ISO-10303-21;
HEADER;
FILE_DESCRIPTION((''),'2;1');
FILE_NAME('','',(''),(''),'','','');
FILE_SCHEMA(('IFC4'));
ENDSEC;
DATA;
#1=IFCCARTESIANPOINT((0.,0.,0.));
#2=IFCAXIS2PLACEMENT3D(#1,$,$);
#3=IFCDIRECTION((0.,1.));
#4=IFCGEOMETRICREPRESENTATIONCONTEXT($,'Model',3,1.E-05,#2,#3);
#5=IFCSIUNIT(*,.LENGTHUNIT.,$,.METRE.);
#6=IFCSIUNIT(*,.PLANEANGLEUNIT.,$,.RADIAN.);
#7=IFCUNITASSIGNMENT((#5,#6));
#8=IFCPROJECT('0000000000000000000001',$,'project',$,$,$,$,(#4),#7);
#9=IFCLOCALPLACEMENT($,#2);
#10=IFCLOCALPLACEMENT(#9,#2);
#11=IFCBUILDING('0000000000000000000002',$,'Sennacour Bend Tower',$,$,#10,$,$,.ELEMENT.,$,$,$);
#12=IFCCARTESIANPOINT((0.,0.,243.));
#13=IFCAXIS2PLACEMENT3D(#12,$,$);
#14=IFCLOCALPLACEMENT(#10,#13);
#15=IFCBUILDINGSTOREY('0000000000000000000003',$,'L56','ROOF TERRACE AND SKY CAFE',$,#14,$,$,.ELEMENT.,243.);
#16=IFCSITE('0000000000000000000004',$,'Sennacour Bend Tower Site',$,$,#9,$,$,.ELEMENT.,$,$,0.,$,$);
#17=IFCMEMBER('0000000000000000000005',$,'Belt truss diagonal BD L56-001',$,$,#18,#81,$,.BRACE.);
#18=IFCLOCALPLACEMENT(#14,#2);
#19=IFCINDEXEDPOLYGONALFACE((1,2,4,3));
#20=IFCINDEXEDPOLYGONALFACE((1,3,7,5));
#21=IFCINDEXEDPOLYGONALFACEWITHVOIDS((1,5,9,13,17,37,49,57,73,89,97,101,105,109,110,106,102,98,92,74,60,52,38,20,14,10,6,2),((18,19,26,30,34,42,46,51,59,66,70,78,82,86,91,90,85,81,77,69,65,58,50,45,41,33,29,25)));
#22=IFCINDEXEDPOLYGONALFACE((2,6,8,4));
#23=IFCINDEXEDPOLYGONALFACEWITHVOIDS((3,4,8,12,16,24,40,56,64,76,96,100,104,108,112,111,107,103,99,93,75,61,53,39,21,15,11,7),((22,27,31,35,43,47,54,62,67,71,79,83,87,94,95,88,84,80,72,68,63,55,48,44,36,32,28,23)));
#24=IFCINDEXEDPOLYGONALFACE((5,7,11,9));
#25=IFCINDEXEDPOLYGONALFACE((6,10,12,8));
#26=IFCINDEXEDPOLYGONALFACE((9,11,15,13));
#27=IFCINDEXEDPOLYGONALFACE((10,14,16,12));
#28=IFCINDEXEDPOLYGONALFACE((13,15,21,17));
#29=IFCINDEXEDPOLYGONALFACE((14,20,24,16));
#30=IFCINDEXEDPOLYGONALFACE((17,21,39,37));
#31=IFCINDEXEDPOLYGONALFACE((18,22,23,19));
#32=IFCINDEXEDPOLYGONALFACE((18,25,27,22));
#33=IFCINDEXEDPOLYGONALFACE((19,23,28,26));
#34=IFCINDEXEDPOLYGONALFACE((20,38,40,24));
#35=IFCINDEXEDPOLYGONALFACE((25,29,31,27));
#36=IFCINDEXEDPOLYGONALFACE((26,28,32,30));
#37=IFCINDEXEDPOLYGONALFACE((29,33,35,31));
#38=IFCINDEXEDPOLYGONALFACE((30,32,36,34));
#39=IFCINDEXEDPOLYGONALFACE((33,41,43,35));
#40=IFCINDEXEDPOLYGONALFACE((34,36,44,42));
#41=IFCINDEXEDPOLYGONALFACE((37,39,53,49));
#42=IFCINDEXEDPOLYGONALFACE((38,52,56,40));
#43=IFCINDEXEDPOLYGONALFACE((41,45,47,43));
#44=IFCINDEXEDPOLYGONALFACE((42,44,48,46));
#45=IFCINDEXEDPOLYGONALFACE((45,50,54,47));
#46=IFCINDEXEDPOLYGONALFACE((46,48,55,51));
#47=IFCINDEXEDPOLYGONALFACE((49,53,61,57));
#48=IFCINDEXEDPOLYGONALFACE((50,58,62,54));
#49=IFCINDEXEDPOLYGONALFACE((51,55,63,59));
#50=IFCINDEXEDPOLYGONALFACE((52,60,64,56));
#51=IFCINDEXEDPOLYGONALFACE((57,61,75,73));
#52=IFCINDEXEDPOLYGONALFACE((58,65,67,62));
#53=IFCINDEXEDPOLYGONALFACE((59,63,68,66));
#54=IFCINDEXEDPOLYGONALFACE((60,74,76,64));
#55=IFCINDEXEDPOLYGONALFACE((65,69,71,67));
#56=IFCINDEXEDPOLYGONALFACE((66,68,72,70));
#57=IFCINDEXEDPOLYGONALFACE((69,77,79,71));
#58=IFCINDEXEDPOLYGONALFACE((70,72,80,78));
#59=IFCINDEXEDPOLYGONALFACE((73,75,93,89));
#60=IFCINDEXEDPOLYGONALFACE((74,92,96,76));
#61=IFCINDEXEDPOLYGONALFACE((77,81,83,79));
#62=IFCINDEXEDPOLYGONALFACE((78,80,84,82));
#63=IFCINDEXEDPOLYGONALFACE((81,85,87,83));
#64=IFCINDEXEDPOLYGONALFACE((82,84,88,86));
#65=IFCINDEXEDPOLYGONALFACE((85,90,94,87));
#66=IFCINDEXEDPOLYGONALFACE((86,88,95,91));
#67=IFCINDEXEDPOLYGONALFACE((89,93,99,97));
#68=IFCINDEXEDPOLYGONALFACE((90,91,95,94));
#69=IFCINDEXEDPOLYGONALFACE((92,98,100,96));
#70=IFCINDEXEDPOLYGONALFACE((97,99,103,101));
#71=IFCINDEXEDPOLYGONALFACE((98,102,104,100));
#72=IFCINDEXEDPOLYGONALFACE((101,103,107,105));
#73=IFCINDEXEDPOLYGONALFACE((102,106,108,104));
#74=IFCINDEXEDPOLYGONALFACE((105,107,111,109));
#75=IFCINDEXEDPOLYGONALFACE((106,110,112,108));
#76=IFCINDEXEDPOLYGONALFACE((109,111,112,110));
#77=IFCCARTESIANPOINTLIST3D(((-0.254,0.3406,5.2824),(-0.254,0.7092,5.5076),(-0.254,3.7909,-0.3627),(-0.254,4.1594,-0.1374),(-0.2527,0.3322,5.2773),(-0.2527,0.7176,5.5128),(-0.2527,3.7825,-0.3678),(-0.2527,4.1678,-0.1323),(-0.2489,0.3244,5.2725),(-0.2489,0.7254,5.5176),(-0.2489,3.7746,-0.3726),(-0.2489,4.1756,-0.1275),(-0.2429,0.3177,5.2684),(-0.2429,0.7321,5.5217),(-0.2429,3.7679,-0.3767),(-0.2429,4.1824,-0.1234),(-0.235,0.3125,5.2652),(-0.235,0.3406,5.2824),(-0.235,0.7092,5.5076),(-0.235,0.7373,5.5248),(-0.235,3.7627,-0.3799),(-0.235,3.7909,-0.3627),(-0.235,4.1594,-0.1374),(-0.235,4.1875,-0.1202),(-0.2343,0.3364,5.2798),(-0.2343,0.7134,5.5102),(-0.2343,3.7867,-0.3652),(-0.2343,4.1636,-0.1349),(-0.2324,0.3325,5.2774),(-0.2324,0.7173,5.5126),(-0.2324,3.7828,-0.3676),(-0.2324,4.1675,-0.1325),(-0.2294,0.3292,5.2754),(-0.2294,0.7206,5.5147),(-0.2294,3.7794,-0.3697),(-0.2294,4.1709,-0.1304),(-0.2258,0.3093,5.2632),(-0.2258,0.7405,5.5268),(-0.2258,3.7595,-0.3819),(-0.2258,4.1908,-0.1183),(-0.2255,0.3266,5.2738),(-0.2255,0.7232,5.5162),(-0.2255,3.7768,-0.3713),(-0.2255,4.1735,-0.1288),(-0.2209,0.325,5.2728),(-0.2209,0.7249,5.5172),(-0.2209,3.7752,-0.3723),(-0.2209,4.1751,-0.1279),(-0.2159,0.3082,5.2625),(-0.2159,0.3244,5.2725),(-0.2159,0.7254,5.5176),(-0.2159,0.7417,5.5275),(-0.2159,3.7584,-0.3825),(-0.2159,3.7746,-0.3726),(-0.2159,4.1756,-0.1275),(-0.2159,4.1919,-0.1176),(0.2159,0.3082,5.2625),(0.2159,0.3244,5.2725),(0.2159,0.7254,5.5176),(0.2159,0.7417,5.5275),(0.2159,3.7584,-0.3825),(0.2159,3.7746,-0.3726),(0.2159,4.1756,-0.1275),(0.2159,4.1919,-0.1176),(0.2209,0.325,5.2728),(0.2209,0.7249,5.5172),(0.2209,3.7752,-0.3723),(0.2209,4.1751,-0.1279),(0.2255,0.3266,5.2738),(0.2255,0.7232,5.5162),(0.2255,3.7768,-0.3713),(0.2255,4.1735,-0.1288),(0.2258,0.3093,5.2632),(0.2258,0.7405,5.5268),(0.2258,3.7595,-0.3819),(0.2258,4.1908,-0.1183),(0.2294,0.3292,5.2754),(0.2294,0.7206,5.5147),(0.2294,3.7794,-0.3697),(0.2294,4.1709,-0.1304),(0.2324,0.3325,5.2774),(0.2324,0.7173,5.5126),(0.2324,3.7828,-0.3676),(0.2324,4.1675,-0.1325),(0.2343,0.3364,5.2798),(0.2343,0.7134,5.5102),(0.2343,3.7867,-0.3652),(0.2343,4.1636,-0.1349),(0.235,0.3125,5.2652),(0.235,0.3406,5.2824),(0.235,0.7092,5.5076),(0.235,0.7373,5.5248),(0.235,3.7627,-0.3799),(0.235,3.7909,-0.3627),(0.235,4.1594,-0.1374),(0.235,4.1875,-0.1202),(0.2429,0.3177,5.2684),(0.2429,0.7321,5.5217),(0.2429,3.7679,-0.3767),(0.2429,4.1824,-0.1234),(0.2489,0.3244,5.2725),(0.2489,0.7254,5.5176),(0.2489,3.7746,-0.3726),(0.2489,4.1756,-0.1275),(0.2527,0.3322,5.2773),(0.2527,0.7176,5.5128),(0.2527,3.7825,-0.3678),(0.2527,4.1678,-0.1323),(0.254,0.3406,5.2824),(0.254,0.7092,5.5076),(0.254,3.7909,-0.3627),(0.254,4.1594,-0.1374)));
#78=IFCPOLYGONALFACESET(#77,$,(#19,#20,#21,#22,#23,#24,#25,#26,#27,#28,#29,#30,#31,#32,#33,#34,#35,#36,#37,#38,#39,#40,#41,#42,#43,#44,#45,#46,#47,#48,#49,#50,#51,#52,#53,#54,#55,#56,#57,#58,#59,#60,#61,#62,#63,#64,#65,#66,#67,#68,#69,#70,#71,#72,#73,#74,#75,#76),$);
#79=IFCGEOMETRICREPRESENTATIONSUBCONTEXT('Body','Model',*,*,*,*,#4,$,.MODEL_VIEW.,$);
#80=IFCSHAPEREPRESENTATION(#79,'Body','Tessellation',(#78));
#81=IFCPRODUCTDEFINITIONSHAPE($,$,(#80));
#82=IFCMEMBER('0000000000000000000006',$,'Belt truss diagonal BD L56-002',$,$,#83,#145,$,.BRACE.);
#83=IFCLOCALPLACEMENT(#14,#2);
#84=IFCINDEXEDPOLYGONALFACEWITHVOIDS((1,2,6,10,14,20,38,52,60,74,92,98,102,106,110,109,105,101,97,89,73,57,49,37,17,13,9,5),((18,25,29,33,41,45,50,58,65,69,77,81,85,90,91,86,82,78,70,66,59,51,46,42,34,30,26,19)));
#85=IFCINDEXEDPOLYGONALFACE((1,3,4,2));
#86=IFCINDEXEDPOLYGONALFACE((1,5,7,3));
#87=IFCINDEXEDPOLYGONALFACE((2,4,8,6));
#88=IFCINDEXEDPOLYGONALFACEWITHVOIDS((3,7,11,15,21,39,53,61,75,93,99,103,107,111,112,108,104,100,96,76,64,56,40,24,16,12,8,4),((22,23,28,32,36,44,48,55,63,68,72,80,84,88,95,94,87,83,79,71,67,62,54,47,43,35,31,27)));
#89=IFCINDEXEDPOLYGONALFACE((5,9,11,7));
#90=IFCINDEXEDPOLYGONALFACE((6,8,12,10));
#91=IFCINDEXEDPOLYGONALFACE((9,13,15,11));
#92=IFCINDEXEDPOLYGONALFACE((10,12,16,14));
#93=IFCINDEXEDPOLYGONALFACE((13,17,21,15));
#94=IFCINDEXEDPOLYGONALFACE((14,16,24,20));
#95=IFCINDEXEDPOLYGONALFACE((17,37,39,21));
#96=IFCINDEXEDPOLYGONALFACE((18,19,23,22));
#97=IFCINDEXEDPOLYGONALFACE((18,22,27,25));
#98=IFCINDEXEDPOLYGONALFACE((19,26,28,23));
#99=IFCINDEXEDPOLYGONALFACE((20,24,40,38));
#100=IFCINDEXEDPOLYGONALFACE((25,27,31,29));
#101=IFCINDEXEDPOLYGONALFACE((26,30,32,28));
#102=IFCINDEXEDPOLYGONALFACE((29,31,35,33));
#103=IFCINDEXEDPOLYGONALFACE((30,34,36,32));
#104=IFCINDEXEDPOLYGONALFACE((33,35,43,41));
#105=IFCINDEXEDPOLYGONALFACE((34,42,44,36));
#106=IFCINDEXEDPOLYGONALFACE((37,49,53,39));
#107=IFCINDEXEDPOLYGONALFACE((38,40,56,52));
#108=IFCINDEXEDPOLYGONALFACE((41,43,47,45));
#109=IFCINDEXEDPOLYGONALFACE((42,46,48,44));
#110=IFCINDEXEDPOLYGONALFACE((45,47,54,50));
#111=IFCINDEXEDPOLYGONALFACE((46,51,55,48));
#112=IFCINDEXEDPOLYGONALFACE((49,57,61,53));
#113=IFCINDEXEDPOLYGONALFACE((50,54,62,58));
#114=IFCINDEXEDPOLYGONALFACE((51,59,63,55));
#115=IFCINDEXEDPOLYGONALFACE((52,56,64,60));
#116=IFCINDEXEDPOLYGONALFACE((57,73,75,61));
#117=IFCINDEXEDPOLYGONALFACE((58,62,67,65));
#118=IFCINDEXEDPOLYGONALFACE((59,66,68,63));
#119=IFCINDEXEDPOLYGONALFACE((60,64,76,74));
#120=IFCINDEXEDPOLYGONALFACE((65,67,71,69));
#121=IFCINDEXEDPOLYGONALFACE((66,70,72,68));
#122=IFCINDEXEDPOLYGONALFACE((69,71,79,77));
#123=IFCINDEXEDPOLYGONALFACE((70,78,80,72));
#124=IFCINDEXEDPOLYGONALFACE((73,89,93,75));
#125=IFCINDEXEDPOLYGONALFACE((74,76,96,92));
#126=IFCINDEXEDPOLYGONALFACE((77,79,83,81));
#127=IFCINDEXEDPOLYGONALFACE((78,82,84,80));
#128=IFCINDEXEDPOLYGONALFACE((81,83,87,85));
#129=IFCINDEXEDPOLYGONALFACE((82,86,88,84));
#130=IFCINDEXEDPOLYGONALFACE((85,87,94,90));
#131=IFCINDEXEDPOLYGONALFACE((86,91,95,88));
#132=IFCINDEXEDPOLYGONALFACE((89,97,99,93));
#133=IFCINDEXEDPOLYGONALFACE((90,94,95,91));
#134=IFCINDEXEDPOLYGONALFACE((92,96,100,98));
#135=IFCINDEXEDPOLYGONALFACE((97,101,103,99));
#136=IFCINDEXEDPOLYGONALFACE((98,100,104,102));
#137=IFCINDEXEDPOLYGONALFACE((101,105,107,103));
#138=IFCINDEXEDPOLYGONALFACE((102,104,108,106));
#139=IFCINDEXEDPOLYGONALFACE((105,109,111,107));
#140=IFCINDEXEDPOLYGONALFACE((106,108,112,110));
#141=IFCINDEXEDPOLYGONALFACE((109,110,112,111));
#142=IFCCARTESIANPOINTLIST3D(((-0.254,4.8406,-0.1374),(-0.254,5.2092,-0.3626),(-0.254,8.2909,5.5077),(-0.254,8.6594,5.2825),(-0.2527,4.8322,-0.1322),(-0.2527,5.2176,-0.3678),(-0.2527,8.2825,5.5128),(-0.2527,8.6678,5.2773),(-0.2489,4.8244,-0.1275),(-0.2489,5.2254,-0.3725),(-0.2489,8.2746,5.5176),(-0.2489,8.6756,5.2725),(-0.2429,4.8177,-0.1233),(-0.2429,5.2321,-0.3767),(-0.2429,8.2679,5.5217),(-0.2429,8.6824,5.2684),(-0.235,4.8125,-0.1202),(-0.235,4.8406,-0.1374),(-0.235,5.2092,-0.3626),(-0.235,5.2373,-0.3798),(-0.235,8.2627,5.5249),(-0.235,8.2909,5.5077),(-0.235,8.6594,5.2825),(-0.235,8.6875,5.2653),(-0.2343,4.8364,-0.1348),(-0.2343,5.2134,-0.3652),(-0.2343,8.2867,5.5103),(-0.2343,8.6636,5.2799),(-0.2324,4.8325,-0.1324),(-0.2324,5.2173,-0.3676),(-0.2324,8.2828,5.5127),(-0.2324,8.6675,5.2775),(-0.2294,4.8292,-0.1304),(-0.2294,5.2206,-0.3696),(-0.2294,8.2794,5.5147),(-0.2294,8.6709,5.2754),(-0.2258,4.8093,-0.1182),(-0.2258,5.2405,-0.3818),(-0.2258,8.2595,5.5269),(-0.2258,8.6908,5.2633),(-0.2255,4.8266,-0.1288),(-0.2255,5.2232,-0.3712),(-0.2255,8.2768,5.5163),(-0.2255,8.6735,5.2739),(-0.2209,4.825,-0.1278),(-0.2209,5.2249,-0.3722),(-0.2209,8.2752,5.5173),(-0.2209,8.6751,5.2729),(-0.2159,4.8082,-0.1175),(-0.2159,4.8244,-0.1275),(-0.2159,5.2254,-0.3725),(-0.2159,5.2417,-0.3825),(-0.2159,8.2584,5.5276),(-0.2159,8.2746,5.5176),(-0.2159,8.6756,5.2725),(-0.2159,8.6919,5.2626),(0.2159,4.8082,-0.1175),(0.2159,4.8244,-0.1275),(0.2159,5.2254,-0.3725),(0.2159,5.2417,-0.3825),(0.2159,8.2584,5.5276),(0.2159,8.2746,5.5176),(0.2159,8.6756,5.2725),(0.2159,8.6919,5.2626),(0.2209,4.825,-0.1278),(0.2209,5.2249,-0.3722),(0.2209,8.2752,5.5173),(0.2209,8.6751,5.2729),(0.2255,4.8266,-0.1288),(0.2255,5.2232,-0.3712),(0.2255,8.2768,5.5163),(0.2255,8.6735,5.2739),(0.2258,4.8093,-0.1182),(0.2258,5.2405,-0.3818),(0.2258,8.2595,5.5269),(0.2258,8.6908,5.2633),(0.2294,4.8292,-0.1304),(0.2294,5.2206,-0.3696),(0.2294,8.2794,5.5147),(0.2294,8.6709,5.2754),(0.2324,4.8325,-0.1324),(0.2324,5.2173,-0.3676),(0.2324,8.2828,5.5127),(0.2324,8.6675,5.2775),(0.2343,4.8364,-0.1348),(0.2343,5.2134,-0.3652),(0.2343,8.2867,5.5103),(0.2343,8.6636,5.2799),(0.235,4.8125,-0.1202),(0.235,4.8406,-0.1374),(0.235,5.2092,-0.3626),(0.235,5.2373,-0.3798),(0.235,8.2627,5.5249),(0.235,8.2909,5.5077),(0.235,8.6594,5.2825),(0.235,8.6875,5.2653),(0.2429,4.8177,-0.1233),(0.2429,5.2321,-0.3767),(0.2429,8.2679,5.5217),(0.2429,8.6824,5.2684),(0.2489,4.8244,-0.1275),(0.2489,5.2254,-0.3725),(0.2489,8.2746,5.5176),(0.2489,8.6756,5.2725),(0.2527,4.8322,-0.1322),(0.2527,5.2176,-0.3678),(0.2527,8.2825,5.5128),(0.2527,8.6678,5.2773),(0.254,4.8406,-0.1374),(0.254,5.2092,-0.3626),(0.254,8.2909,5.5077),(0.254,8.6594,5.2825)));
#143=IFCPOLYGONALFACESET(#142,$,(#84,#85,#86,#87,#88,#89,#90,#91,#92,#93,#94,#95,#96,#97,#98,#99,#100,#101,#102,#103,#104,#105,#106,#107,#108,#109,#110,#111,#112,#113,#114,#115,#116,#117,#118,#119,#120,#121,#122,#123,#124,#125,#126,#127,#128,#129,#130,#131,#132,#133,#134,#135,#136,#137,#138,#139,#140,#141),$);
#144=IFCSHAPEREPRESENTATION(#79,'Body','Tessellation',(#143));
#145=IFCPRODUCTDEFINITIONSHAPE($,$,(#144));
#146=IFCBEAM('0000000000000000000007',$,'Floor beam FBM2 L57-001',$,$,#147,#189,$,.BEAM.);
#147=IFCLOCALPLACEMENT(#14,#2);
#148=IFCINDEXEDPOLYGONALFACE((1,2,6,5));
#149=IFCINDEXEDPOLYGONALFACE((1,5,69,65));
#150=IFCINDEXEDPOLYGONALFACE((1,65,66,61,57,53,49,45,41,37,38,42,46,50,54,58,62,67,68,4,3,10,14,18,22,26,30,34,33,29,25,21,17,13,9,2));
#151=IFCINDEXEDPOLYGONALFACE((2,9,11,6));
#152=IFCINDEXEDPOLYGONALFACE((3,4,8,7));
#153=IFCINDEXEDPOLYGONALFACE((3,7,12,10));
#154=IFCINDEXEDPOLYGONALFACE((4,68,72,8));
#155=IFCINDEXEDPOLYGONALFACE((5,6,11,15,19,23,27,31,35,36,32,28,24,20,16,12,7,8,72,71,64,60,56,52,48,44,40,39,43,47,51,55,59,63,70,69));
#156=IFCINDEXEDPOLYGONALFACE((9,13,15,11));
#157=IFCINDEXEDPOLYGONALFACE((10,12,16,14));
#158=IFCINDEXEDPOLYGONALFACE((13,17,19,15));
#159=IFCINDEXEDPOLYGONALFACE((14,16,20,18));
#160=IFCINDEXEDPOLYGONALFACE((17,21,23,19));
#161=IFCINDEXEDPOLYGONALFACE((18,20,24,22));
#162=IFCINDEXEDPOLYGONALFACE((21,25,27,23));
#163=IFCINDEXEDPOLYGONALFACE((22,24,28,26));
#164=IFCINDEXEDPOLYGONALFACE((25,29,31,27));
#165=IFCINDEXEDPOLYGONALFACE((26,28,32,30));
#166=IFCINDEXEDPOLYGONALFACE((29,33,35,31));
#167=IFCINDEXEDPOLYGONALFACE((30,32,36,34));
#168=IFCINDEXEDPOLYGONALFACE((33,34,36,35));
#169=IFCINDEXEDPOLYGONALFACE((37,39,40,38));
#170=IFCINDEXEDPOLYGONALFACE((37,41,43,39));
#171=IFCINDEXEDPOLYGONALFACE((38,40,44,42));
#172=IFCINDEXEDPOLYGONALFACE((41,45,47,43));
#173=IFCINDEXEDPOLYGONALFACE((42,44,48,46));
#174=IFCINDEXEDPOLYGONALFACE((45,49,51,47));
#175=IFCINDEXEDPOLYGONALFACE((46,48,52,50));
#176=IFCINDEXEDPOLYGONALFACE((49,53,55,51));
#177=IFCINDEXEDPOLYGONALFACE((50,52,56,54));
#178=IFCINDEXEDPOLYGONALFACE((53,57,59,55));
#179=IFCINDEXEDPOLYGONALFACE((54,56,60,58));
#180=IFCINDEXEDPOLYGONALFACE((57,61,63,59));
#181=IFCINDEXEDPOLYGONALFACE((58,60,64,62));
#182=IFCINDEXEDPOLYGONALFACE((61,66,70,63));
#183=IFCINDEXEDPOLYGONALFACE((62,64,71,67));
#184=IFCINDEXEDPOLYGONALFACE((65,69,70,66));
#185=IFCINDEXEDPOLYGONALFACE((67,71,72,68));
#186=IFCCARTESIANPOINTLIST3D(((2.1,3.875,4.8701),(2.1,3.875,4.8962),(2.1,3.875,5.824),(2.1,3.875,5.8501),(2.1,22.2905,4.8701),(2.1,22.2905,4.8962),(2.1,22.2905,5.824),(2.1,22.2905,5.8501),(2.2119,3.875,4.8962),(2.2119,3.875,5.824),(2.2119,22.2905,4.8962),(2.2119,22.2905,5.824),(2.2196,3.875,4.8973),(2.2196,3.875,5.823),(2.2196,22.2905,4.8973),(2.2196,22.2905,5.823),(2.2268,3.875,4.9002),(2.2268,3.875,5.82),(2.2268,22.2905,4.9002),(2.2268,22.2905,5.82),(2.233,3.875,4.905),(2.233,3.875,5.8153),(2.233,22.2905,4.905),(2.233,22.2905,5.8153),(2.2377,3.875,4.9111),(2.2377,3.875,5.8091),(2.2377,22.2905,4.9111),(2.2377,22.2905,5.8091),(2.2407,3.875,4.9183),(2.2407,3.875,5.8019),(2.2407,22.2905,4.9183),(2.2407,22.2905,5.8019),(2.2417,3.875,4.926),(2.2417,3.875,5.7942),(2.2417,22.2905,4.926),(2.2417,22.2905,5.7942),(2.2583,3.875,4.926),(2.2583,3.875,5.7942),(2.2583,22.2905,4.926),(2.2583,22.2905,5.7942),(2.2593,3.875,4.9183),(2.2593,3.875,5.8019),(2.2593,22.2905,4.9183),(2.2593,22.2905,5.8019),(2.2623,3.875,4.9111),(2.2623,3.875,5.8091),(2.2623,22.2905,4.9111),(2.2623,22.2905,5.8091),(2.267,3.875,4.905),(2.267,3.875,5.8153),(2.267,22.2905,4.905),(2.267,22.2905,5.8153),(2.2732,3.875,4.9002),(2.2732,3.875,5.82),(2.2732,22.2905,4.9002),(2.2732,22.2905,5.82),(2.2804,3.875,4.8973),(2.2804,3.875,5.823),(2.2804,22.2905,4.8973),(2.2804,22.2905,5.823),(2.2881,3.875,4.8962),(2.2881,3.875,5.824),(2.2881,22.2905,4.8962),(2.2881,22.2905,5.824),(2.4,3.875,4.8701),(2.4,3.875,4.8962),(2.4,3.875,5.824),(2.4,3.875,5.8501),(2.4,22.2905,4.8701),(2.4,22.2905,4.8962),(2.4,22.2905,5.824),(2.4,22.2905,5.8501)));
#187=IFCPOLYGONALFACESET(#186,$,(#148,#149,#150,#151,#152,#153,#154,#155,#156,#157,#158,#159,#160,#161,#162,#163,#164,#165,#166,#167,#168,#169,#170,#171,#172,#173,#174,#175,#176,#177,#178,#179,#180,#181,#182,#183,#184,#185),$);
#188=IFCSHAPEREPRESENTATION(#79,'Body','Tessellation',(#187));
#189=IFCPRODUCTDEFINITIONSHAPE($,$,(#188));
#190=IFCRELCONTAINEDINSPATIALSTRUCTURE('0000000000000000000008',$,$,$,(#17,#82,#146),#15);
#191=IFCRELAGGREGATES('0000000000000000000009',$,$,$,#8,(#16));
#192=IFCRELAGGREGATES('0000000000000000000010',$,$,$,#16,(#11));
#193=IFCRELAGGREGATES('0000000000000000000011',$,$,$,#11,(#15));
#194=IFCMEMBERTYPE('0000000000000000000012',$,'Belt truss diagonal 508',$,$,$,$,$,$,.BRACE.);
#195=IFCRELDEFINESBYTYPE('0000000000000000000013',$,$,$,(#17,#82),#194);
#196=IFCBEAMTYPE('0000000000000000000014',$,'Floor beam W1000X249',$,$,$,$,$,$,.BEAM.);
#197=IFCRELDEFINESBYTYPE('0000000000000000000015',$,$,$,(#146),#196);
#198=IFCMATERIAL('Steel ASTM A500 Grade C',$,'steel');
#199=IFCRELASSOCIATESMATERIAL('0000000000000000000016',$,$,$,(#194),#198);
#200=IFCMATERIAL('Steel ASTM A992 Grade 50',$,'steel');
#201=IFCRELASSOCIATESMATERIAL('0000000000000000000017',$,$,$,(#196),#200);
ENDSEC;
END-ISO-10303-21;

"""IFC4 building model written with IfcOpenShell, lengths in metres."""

from ifc_helpers import new_model, si_unit, direction, frame, origin, origin_2d, place, context, subcontext, project, spatial, hollow_rectangle, i_section, extrude, material, material_profile, profile_set, type_object, element, save


model = new_model("IFC4")

# Units and contexts
model_context = context("Model", 3, precision=1e-05, world=origin(), true_north=direction((0.0, 1.0)))
body_context = subcontext(model_context, "Body", "Model", "MODEL_VIEW")
ifc_project = project(units=[si_unit("LENGTHUNIT", "METRE"), si_unit("PLANEANGLEUNIT", "RADIAN")], contexts=[model_context])

# Site, building, storey
site_placement = place(None, origin())
site = spatial("IfcSite", under=ifc_project, at=site_placement, Name="Sennacour Bend Tower Site", CompositionType="ELEMENT", RefElevation=0.0)
building_placement = place(site_placement, origin())
building = spatial("IfcBuilding", under=site, at=building_placement, Name="Sennacour Bend Tower", CompositionType="ELEMENT")
storey_placement = place(building_placement, frame((0.0, 0.0, 243.0)))
storey = spatial("IfcBuildingStorey", under=building, at=storey_placement, Name="L56", Description="ROOF TERRACE AND SKY CAFE", CompositionType="ELEMENT", Elevation=243.0)

# Members
ifc_material_1 = material(Name="Steel ASTM A992 Grade 50", Category="steel")
ifc_material_2 = material(Name="Steel ASTM A500 Grade C", Category="steel")
ifc_material_profile_1 = material_profile(ifc_material_2, hollow_rectangle(XDim=0.5081, YDim=0.5081, WallThickness=0.019, InnerFilletRadius=0.019, OuterFilletRadius=0.0381, at=origin_2d()), Name="Steel ASTM A500 Grade C", Category="steel")
ifc_profile_set_1 = profile_set([ifc_material_profile_1], Name="Steel ASTM A500 Grade C")
member_type_1 = type_object("IfcMemberType", Name="Belt truss diagonal 508", PredefinedType="BRACE", material=ifc_profile_set_1)
for number, where, z_axis, x_axis, name in (
    (1, (0.0, 0.5249, 5.395), (0.0, 0.521501, -0.853251), (-1.0, 0.0, 0.0), "Belt truss diagonal BD L56-001"),
    (2, (0.0, 5.0249, -0.25), (0.0, 0.521501, 0.853251), (-1.0, 0.0, 0.0), "Belt truss diagonal BD L56-002"),
):
    element("IfcMember", number, at=place(storey_placement, frame(where, z_axis=z_axis, x_axis=x_axis)), inside=storey, type_object=member_type_1, Name=name, PredefinedType="BRACE", context=body_context, shape_type="SweptSolid", body=[
        extrude(hollow_rectangle(XDim=0.5081, YDim=0.5081, WallThickness=0.019, InnerFilletRadius=0.019, OuterFilletRadius=0.0381, at=origin_2d()), origin(), (0.0, 0.0, 1.0), 6.616),
    ])

# Beam
ifc_material_profile_2 = material_profile(ifc_material_1, i_section(OverallWidth=0.3, OverallDepth=0.98, WebThickness=0.0166, FlangeThickness=0.0261, FilletRadius=0.0298, at=origin_2d()), Name="Steel ASTM A992 Grade 50", Category="steel")
ifc_profile_set_2 = profile_set([ifc_material_profile_2], Name="Steel ASTM A992 Grade 50")
beam_type = type_object("IfcBeamType", Name="Floor beam W1000X249", PredefinedType="BEAM", material=ifc_profile_set_2)
beam_1_placement = place(storey_placement, frame((2.25, 3.875, 5.3601), z_axis=(0.0, 1.0, 0.0), x_axis=(-1.0, 0.0, 0.0)))
element("IfcBeam", 3, at=beam_1_placement, inside=storey, type_object=beam_type, Name="Floor beam FBM2 L57-001", PredefinedType="BEAM", context=body_context, shape_type="SweptSolid", body=[
    extrude(i_section(OverallWidth=0.3, OverallDepth=0.98, WebThickness=0.0166, FlangeThickness=0.0261, FilletRadius=0.0298, at=origin_2d()), origin(), (0.0, 0.0, 1.0), 18.4155),
])

save(model, "model.ifc")
